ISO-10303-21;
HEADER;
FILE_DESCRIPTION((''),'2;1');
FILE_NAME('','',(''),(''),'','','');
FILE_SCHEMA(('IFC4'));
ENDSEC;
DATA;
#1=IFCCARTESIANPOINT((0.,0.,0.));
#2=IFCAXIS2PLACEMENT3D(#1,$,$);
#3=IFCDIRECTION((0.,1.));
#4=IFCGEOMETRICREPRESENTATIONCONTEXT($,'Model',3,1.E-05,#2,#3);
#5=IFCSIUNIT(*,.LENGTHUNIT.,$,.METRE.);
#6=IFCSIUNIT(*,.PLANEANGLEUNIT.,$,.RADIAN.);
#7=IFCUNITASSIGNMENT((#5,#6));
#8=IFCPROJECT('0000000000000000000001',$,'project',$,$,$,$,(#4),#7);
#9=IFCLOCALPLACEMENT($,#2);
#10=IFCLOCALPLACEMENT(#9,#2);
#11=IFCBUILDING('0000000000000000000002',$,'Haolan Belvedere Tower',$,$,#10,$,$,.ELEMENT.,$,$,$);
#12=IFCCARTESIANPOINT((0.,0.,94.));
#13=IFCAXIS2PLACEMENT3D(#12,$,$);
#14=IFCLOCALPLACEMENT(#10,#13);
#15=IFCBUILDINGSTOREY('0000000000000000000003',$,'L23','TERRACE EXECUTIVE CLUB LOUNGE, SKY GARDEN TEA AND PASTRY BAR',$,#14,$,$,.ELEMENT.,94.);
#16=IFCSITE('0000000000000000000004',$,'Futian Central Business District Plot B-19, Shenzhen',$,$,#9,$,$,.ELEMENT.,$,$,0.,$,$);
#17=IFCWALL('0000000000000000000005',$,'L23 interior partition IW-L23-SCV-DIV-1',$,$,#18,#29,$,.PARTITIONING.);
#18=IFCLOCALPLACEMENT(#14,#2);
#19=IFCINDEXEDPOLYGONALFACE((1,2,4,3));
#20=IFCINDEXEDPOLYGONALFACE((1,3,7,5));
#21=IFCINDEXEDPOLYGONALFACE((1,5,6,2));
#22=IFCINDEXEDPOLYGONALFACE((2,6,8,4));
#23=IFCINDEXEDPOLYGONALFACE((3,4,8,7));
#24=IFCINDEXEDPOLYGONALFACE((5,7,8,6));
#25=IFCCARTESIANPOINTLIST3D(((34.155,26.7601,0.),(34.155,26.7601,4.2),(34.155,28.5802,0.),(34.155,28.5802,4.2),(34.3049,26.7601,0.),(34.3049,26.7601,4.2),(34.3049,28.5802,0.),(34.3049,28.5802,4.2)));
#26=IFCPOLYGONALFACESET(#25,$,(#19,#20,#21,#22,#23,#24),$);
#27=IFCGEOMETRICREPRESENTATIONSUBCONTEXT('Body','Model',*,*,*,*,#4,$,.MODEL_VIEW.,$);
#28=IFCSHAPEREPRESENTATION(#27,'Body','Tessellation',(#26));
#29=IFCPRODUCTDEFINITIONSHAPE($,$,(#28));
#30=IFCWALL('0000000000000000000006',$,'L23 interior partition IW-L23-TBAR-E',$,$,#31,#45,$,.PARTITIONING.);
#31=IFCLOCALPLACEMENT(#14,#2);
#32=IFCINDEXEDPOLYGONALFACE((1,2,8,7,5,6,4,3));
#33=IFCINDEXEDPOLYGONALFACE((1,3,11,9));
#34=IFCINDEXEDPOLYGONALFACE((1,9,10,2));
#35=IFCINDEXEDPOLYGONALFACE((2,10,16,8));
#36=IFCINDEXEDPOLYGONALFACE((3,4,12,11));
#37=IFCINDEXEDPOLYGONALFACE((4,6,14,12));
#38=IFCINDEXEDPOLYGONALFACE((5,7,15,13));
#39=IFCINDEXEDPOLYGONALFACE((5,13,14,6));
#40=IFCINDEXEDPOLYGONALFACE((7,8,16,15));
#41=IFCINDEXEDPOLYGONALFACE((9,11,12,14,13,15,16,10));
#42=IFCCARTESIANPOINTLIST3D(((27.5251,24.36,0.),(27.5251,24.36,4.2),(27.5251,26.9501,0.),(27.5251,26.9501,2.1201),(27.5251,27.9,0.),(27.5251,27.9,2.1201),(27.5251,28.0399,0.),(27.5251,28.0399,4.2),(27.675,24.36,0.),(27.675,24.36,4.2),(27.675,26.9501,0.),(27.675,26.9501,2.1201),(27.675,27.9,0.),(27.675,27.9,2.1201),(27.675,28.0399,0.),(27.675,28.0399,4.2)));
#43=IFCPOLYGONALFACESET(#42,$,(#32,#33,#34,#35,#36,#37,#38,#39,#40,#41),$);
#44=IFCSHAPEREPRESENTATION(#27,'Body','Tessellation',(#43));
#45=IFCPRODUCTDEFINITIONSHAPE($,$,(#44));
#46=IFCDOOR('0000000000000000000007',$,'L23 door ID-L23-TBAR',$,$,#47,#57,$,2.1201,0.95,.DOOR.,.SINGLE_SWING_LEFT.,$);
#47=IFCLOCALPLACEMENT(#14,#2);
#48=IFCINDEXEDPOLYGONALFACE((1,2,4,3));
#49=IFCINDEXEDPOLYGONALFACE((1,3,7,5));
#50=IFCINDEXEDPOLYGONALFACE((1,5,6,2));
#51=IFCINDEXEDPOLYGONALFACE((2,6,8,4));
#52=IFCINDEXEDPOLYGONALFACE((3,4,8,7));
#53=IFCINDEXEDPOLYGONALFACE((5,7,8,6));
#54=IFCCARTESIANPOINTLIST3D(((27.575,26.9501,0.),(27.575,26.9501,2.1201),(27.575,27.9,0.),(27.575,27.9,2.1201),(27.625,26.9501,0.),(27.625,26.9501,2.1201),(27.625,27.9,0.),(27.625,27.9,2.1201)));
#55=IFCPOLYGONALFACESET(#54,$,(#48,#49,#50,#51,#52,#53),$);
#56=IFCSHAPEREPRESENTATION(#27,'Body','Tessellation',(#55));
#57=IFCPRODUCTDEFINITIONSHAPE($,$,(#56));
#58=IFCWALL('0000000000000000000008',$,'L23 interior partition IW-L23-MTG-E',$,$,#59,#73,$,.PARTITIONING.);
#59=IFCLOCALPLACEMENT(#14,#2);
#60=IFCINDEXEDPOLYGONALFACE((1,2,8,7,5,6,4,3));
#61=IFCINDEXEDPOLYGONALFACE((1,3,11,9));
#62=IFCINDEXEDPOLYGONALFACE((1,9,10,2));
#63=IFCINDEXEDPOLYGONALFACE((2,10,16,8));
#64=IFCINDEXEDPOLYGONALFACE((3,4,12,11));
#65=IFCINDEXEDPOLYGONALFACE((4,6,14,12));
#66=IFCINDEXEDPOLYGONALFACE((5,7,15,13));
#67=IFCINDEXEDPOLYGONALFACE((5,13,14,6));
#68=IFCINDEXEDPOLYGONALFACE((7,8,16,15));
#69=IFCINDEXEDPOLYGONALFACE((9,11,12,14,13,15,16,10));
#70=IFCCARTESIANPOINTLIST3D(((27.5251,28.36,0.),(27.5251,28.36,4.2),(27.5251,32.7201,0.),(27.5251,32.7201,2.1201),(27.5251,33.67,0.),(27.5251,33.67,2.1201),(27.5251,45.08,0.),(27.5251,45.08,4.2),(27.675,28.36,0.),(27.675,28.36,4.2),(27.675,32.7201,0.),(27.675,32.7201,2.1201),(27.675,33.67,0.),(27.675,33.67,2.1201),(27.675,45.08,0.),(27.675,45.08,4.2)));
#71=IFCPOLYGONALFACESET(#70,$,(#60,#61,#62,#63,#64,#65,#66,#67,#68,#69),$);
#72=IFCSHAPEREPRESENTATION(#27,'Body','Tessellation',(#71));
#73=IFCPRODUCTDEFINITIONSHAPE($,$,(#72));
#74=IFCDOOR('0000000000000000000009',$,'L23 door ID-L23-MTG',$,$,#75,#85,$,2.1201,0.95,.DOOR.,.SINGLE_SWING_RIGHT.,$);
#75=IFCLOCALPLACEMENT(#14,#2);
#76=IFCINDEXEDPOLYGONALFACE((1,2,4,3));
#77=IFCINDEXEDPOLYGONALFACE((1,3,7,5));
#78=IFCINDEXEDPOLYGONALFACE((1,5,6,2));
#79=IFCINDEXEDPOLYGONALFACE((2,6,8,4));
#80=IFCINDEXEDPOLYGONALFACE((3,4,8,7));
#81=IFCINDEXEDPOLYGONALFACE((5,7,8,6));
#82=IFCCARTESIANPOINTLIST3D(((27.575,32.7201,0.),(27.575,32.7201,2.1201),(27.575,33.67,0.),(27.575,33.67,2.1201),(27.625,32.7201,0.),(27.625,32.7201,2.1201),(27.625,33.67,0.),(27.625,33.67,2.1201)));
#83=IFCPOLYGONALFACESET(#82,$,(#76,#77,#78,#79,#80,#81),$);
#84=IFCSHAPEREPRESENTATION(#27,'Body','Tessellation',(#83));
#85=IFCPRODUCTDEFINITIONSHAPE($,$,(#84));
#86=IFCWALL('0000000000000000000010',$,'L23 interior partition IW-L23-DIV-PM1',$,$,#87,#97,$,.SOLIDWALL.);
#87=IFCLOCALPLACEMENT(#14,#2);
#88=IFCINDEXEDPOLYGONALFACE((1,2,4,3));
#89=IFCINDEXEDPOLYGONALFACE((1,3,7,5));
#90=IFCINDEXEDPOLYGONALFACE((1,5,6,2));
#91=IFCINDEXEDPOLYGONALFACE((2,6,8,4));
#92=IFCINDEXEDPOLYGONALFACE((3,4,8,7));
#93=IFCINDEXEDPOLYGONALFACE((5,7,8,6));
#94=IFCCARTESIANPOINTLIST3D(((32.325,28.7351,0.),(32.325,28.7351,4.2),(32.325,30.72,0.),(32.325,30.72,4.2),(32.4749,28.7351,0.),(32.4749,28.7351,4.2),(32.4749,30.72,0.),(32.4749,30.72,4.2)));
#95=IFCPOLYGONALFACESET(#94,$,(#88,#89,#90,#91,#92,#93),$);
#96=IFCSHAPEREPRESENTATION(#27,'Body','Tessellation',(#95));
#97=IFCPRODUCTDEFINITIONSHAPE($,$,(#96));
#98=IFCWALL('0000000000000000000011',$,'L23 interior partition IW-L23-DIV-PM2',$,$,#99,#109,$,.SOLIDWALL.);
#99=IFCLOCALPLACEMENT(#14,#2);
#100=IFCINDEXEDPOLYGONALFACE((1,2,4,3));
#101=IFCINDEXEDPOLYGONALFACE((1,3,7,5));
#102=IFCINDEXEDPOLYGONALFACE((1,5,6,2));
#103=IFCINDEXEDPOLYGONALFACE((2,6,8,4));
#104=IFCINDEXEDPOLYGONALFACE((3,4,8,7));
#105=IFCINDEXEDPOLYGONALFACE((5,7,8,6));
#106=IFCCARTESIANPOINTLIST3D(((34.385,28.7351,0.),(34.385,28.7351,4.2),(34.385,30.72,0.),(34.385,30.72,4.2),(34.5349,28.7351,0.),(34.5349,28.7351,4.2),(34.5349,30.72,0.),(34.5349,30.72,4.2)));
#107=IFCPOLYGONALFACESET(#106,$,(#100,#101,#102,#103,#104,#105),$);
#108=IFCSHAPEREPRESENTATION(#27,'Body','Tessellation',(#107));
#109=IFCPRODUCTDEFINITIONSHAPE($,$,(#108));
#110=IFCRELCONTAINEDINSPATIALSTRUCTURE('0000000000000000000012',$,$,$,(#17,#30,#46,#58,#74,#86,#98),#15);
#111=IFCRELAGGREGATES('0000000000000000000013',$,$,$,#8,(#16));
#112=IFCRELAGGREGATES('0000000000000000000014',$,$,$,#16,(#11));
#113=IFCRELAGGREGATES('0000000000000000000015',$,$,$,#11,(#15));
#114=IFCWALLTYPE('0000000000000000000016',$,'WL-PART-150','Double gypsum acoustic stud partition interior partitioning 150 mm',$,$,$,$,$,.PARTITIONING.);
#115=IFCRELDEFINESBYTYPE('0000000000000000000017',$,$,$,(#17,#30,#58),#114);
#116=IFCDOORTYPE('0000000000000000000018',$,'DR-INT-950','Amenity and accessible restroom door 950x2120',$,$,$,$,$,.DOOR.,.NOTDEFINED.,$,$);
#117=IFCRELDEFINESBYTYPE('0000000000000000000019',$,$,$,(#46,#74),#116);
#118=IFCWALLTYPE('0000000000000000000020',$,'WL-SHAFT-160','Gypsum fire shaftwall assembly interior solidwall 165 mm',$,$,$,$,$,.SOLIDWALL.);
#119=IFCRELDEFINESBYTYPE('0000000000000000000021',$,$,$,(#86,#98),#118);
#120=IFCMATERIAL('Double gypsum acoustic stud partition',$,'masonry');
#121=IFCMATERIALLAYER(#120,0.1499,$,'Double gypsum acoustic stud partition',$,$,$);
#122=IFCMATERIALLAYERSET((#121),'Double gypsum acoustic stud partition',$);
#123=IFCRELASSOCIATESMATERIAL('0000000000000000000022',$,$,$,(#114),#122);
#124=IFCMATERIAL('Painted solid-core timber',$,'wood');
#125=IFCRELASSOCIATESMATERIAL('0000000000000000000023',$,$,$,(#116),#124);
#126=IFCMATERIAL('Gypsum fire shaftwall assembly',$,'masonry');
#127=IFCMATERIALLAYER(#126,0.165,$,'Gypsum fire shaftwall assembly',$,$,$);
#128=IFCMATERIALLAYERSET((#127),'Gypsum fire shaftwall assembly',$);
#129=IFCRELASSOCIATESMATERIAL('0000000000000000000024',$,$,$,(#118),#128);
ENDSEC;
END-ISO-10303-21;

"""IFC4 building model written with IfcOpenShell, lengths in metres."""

from ifc_helpers import new_model, si_unit, direction, frame, frame_2d, origin, place, context, subcontext, project, spatial, rectangle, extrude, material, layer, layer_set, type_object, element, fill, save


model = new_model("IFC4")

# Units and contexts
model_context = context("Model", 3, precision=1e-05, world=origin(), true_north=direction((0.0, 1.0)))
body_context = subcontext(model_context, "Body", "Model", "MODEL_VIEW")
ifc_project = project(units=[si_unit("LENGTHUNIT", "METRE"), si_unit("PLANEANGLEUNIT", "RADIAN")], contexts=[model_context])

# Site, building, storey
site_placement = place(None, origin())
site = spatial("IfcSite", under=ifc_project, at=site_placement, Name="Futian Central Business District Plot B-19, Shenzhen", CompositionType="ELEMENT", RefElevation=0.0)
building_placement = place(site_placement, origin())
building = spatial("IfcBuilding", under=site, at=building_placement, Name="Haolan Belvedere Tower", CompositionType="ELEMENT")
storey_placement = place(building_placement, frame((0.0, 0.0, 94.0)))
storey = spatial("IfcBuildingStorey", under=building, at=storey_placement, Name="L23", Description="TERRACE EXECUTIVE CLUB LOUNGE, SKY GARDEN TEA AND PASTRY BAR", CompositionType="ELEMENT", Elevation=94.0)

# Wall
ifc_material_1 = material(Name="Double gypsum acoustic stud partition", Category="masonry")
ifc_layer_1 = layer(ifc_material_1, 0.1499, Name="Double gypsum acoustic stud partition")
ifc_layer_set_1 = layer_set([ifc_layer_1], Name="Double gypsum acoustic stud partition")
wall_type_1 = type_object("IfcWallType", Name="WL-PART-150", Description="Double gypsum acoustic stud partition interior partitioning 150 mm", PredefinedType="PARTITIONING", material=ifc_layer_set_1)
wall_1_placement = place(storey_placement, frame((34.23, 26.76, 0.0), z_axis=(0.0, 0.0, 1.0), x_axis=(0.0, 1.0, 0.0)))
element("IfcWall", 1, at=wall_1_placement, inside=storey, type_object=wall_type_1, Name="L23 interior partition IW-L23-SCV-DIV-1", PredefinedType="PARTITIONING", context=body_context, shape_type="SweptSolid", body=[
    extrude(rectangle(XDim=1.8201, YDim=0.1499, at=frame_2d((0.9102, 0.0))), origin(), (0.0, 0.0, 1.0), 4.2),
])

# Walls, openings, doors
wall_2_placement = place(storey_placement, frame((27.6001, 24.3601, 0.0), z_axis=(0.0, 0.0, 1.0), x_axis=(0.0, 1.0, 0.0)))
wall_2 = element("IfcWall", 2, at=wall_2_placement, inside=storey, type_object=wall_type_1, Name="L23 interior partition IW-L23-TBAR-E", PredefinedType="PARTITIONING", context=body_context, shape_type="SweptSolid", body=[
    extrude(rectangle(XDim=3.6799, YDim=0.1499, at=frame_2d((1.8398, 0.0))), origin(), (0.0, 0.0, 1.0), 4.2),
])
opening_1_placement = place(wall_2_placement, frame((3.54, 0.0, 0.0), z_axis=(0.0, 0.0, 1.0), x_axis=(-1.0, 0.0, 0.0)))
opening_1 = element("IfcOpeningElement", 3, at=opening_1_placement, cuts=wall_2, PredefinedType="OPENING", context=body_context, shape_type="SweptSolid", body=[
    extrude(rectangle(XDim=0.95, YDim=2.1201, at=frame_2d((0.4751, 1.0601))), frame((0.0, 0.085, 0.0), z_axis=(0.0, -1.0, 0.0), x_axis=(1.0, 0.0, 0.0)), (0.0, 0.0, 1.0), 0.1699),
])
ifc_material_2 = material(Name="Painted solid-core timber", Category="wood")
door_type_1 = type_object("IfcDoorType", Name="DR-INT-950", Description="Amenity and accessible restroom door 950x2120", OperationType="NOTDEFINED", PredefinedType="DOOR", material=ifc_material_2)
door_1_placement = place(opening_1_placement, origin())
door_1 = element("IfcDoor", 4, at=door_1_placement, inside=storey, type_object=door_type_1, Name="L23 door ID-L23-TBAR", OperationType="SINGLE_SWING_LEFT", OverallHeight=2.1201, OverallWidth=0.95, PredefinedType="DOOR", context=body_context, shape_type="SweptSolid", body=[
    extrude(rectangle(XDim=0.95, YDim=2.1201, at=frame_2d((0.4751, 1.0601))), frame((0.0, 0.0249, 0.0), z_axis=(0.0, -1.0, 0.0), x_axis=(1.0, 0.0, 0.0)), (0.0, 0.0, 1.0), 0.05),
])
fill(opening_1, door_1)
wall_3_placement = place(storey_placement, frame((27.6001, 28.3601, 0.0), z_axis=(0.0, 0.0, 1.0), x_axis=(0.0, 1.0, 0.0)))
wall_3 = element("IfcWall", 5, at=wall_3_placement, inside=storey, type_object=wall_type_1, Name="L23 interior partition IW-L23-MTG-E", PredefinedType="PARTITIONING", context=body_context, shape_type="SweptSolid", body=[
    extrude(rectangle(XDim=16.72, YDim=0.1499, at=frame_2d((8.3599, 0.0))), origin(), (0.0, 0.0, 1.0), 4.2),
])
opening_2_placement = place(wall_3_placement, frame((5.3101, 0.0, 0.0), z_axis=(0.0, 0.0, 1.0), x_axis=(-1.0, 0.0, 0.0)))
opening_2 = element("IfcOpeningElement", 6, at=opening_2_placement, cuts=wall_3, PredefinedType="OPENING", context=body_context, shape_type="SweptSolid", body=[
    extrude(rectangle(XDim=0.95, YDim=2.1201, at=frame_2d((0.4751, 1.0601))), frame((0.0, 0.085, 0.0), z_axis=(0.0, -1.0, 0.0), x_axis=(1.0, 0.0, 0.0)), (0.0, 0.0, 1.0), 0.1699),
])
door_2_placement = place(opening_2_placement, origin())
door_2 = element("IfcDoor", 7, at=door_2_placement, inside=storey, type_object=door_type_1, Name="L23 door ID-L23-MTG", OperationType="SINGLE_SWING_RIGHT", OverallHeight=2.1201, OverallWidth=0.95, PredefinedType="DOOR", context=body_context, shape_type="SweptSolid", body=[
    extrude(rectangle(XDim=0.95, YDim=2.1201, at=frame_2d((0.4751, 1.0601))), frame((0.0, 0.0249, 0.0), z_axis=(0.0, -1.0, 0.0), x_axis=(1.0, 0.0, 0.0)), (0.0, 0.0, 1.0), 0.05),
])
fill(opening_2, door_2)

# Walls
ifc_material_3 = material(Name="Gypsum fire shaftwall assembly", Category="masonry")
ifc_layer_2 = layer(ifc_material_3, 0.165, Name="Gypsum fire shaftwall assembly")
ifc_layer_set_2 = layer_set([ifc_layer_2], Name="Gypsum fire shaftwall assembly")
wall_type_2 = type_object("IfcWallType", Name="WL-SHAFT-160", Description="Gypsum fire shaftwall assembly interior solidwall 165 mm", PredefinedType="SOLIDWALL", material=ifc_layer_set_2)
for number, where, z_axis, x_axis, name in (
    (8, (32.3999, 28.7351, 0.0), (0.0, 0.0, 1.0), (0.0, 1.0, 0.0), "L23 interior partition IW-L23-DIV-PM1"),
    (9, (34.46, 28.7351, 0.0), (0.0, 0.0, 1.0), (0.0, 1.0, 0.0), "L23 interior partition IW-L23-DIV-PM2"),
):
    element("IfcWall", number, at=place(storey_placement, frame(where, z_axis=z_axis, x_axis=x_axis)), inside=storey, type_object=wall_type_2, Name=name, PredefinedType="SOLIDWALL", context=body_context, shape_type="SweptSolid", body=[
        extrude(rectangle(XDim=1.9849, YDim=0.1499, at=frame_2d((0.9924, 0.0))), origin(), (0.0, 0.0, 1.0), 4.2),
    ])

save(model, "model.ifc")
